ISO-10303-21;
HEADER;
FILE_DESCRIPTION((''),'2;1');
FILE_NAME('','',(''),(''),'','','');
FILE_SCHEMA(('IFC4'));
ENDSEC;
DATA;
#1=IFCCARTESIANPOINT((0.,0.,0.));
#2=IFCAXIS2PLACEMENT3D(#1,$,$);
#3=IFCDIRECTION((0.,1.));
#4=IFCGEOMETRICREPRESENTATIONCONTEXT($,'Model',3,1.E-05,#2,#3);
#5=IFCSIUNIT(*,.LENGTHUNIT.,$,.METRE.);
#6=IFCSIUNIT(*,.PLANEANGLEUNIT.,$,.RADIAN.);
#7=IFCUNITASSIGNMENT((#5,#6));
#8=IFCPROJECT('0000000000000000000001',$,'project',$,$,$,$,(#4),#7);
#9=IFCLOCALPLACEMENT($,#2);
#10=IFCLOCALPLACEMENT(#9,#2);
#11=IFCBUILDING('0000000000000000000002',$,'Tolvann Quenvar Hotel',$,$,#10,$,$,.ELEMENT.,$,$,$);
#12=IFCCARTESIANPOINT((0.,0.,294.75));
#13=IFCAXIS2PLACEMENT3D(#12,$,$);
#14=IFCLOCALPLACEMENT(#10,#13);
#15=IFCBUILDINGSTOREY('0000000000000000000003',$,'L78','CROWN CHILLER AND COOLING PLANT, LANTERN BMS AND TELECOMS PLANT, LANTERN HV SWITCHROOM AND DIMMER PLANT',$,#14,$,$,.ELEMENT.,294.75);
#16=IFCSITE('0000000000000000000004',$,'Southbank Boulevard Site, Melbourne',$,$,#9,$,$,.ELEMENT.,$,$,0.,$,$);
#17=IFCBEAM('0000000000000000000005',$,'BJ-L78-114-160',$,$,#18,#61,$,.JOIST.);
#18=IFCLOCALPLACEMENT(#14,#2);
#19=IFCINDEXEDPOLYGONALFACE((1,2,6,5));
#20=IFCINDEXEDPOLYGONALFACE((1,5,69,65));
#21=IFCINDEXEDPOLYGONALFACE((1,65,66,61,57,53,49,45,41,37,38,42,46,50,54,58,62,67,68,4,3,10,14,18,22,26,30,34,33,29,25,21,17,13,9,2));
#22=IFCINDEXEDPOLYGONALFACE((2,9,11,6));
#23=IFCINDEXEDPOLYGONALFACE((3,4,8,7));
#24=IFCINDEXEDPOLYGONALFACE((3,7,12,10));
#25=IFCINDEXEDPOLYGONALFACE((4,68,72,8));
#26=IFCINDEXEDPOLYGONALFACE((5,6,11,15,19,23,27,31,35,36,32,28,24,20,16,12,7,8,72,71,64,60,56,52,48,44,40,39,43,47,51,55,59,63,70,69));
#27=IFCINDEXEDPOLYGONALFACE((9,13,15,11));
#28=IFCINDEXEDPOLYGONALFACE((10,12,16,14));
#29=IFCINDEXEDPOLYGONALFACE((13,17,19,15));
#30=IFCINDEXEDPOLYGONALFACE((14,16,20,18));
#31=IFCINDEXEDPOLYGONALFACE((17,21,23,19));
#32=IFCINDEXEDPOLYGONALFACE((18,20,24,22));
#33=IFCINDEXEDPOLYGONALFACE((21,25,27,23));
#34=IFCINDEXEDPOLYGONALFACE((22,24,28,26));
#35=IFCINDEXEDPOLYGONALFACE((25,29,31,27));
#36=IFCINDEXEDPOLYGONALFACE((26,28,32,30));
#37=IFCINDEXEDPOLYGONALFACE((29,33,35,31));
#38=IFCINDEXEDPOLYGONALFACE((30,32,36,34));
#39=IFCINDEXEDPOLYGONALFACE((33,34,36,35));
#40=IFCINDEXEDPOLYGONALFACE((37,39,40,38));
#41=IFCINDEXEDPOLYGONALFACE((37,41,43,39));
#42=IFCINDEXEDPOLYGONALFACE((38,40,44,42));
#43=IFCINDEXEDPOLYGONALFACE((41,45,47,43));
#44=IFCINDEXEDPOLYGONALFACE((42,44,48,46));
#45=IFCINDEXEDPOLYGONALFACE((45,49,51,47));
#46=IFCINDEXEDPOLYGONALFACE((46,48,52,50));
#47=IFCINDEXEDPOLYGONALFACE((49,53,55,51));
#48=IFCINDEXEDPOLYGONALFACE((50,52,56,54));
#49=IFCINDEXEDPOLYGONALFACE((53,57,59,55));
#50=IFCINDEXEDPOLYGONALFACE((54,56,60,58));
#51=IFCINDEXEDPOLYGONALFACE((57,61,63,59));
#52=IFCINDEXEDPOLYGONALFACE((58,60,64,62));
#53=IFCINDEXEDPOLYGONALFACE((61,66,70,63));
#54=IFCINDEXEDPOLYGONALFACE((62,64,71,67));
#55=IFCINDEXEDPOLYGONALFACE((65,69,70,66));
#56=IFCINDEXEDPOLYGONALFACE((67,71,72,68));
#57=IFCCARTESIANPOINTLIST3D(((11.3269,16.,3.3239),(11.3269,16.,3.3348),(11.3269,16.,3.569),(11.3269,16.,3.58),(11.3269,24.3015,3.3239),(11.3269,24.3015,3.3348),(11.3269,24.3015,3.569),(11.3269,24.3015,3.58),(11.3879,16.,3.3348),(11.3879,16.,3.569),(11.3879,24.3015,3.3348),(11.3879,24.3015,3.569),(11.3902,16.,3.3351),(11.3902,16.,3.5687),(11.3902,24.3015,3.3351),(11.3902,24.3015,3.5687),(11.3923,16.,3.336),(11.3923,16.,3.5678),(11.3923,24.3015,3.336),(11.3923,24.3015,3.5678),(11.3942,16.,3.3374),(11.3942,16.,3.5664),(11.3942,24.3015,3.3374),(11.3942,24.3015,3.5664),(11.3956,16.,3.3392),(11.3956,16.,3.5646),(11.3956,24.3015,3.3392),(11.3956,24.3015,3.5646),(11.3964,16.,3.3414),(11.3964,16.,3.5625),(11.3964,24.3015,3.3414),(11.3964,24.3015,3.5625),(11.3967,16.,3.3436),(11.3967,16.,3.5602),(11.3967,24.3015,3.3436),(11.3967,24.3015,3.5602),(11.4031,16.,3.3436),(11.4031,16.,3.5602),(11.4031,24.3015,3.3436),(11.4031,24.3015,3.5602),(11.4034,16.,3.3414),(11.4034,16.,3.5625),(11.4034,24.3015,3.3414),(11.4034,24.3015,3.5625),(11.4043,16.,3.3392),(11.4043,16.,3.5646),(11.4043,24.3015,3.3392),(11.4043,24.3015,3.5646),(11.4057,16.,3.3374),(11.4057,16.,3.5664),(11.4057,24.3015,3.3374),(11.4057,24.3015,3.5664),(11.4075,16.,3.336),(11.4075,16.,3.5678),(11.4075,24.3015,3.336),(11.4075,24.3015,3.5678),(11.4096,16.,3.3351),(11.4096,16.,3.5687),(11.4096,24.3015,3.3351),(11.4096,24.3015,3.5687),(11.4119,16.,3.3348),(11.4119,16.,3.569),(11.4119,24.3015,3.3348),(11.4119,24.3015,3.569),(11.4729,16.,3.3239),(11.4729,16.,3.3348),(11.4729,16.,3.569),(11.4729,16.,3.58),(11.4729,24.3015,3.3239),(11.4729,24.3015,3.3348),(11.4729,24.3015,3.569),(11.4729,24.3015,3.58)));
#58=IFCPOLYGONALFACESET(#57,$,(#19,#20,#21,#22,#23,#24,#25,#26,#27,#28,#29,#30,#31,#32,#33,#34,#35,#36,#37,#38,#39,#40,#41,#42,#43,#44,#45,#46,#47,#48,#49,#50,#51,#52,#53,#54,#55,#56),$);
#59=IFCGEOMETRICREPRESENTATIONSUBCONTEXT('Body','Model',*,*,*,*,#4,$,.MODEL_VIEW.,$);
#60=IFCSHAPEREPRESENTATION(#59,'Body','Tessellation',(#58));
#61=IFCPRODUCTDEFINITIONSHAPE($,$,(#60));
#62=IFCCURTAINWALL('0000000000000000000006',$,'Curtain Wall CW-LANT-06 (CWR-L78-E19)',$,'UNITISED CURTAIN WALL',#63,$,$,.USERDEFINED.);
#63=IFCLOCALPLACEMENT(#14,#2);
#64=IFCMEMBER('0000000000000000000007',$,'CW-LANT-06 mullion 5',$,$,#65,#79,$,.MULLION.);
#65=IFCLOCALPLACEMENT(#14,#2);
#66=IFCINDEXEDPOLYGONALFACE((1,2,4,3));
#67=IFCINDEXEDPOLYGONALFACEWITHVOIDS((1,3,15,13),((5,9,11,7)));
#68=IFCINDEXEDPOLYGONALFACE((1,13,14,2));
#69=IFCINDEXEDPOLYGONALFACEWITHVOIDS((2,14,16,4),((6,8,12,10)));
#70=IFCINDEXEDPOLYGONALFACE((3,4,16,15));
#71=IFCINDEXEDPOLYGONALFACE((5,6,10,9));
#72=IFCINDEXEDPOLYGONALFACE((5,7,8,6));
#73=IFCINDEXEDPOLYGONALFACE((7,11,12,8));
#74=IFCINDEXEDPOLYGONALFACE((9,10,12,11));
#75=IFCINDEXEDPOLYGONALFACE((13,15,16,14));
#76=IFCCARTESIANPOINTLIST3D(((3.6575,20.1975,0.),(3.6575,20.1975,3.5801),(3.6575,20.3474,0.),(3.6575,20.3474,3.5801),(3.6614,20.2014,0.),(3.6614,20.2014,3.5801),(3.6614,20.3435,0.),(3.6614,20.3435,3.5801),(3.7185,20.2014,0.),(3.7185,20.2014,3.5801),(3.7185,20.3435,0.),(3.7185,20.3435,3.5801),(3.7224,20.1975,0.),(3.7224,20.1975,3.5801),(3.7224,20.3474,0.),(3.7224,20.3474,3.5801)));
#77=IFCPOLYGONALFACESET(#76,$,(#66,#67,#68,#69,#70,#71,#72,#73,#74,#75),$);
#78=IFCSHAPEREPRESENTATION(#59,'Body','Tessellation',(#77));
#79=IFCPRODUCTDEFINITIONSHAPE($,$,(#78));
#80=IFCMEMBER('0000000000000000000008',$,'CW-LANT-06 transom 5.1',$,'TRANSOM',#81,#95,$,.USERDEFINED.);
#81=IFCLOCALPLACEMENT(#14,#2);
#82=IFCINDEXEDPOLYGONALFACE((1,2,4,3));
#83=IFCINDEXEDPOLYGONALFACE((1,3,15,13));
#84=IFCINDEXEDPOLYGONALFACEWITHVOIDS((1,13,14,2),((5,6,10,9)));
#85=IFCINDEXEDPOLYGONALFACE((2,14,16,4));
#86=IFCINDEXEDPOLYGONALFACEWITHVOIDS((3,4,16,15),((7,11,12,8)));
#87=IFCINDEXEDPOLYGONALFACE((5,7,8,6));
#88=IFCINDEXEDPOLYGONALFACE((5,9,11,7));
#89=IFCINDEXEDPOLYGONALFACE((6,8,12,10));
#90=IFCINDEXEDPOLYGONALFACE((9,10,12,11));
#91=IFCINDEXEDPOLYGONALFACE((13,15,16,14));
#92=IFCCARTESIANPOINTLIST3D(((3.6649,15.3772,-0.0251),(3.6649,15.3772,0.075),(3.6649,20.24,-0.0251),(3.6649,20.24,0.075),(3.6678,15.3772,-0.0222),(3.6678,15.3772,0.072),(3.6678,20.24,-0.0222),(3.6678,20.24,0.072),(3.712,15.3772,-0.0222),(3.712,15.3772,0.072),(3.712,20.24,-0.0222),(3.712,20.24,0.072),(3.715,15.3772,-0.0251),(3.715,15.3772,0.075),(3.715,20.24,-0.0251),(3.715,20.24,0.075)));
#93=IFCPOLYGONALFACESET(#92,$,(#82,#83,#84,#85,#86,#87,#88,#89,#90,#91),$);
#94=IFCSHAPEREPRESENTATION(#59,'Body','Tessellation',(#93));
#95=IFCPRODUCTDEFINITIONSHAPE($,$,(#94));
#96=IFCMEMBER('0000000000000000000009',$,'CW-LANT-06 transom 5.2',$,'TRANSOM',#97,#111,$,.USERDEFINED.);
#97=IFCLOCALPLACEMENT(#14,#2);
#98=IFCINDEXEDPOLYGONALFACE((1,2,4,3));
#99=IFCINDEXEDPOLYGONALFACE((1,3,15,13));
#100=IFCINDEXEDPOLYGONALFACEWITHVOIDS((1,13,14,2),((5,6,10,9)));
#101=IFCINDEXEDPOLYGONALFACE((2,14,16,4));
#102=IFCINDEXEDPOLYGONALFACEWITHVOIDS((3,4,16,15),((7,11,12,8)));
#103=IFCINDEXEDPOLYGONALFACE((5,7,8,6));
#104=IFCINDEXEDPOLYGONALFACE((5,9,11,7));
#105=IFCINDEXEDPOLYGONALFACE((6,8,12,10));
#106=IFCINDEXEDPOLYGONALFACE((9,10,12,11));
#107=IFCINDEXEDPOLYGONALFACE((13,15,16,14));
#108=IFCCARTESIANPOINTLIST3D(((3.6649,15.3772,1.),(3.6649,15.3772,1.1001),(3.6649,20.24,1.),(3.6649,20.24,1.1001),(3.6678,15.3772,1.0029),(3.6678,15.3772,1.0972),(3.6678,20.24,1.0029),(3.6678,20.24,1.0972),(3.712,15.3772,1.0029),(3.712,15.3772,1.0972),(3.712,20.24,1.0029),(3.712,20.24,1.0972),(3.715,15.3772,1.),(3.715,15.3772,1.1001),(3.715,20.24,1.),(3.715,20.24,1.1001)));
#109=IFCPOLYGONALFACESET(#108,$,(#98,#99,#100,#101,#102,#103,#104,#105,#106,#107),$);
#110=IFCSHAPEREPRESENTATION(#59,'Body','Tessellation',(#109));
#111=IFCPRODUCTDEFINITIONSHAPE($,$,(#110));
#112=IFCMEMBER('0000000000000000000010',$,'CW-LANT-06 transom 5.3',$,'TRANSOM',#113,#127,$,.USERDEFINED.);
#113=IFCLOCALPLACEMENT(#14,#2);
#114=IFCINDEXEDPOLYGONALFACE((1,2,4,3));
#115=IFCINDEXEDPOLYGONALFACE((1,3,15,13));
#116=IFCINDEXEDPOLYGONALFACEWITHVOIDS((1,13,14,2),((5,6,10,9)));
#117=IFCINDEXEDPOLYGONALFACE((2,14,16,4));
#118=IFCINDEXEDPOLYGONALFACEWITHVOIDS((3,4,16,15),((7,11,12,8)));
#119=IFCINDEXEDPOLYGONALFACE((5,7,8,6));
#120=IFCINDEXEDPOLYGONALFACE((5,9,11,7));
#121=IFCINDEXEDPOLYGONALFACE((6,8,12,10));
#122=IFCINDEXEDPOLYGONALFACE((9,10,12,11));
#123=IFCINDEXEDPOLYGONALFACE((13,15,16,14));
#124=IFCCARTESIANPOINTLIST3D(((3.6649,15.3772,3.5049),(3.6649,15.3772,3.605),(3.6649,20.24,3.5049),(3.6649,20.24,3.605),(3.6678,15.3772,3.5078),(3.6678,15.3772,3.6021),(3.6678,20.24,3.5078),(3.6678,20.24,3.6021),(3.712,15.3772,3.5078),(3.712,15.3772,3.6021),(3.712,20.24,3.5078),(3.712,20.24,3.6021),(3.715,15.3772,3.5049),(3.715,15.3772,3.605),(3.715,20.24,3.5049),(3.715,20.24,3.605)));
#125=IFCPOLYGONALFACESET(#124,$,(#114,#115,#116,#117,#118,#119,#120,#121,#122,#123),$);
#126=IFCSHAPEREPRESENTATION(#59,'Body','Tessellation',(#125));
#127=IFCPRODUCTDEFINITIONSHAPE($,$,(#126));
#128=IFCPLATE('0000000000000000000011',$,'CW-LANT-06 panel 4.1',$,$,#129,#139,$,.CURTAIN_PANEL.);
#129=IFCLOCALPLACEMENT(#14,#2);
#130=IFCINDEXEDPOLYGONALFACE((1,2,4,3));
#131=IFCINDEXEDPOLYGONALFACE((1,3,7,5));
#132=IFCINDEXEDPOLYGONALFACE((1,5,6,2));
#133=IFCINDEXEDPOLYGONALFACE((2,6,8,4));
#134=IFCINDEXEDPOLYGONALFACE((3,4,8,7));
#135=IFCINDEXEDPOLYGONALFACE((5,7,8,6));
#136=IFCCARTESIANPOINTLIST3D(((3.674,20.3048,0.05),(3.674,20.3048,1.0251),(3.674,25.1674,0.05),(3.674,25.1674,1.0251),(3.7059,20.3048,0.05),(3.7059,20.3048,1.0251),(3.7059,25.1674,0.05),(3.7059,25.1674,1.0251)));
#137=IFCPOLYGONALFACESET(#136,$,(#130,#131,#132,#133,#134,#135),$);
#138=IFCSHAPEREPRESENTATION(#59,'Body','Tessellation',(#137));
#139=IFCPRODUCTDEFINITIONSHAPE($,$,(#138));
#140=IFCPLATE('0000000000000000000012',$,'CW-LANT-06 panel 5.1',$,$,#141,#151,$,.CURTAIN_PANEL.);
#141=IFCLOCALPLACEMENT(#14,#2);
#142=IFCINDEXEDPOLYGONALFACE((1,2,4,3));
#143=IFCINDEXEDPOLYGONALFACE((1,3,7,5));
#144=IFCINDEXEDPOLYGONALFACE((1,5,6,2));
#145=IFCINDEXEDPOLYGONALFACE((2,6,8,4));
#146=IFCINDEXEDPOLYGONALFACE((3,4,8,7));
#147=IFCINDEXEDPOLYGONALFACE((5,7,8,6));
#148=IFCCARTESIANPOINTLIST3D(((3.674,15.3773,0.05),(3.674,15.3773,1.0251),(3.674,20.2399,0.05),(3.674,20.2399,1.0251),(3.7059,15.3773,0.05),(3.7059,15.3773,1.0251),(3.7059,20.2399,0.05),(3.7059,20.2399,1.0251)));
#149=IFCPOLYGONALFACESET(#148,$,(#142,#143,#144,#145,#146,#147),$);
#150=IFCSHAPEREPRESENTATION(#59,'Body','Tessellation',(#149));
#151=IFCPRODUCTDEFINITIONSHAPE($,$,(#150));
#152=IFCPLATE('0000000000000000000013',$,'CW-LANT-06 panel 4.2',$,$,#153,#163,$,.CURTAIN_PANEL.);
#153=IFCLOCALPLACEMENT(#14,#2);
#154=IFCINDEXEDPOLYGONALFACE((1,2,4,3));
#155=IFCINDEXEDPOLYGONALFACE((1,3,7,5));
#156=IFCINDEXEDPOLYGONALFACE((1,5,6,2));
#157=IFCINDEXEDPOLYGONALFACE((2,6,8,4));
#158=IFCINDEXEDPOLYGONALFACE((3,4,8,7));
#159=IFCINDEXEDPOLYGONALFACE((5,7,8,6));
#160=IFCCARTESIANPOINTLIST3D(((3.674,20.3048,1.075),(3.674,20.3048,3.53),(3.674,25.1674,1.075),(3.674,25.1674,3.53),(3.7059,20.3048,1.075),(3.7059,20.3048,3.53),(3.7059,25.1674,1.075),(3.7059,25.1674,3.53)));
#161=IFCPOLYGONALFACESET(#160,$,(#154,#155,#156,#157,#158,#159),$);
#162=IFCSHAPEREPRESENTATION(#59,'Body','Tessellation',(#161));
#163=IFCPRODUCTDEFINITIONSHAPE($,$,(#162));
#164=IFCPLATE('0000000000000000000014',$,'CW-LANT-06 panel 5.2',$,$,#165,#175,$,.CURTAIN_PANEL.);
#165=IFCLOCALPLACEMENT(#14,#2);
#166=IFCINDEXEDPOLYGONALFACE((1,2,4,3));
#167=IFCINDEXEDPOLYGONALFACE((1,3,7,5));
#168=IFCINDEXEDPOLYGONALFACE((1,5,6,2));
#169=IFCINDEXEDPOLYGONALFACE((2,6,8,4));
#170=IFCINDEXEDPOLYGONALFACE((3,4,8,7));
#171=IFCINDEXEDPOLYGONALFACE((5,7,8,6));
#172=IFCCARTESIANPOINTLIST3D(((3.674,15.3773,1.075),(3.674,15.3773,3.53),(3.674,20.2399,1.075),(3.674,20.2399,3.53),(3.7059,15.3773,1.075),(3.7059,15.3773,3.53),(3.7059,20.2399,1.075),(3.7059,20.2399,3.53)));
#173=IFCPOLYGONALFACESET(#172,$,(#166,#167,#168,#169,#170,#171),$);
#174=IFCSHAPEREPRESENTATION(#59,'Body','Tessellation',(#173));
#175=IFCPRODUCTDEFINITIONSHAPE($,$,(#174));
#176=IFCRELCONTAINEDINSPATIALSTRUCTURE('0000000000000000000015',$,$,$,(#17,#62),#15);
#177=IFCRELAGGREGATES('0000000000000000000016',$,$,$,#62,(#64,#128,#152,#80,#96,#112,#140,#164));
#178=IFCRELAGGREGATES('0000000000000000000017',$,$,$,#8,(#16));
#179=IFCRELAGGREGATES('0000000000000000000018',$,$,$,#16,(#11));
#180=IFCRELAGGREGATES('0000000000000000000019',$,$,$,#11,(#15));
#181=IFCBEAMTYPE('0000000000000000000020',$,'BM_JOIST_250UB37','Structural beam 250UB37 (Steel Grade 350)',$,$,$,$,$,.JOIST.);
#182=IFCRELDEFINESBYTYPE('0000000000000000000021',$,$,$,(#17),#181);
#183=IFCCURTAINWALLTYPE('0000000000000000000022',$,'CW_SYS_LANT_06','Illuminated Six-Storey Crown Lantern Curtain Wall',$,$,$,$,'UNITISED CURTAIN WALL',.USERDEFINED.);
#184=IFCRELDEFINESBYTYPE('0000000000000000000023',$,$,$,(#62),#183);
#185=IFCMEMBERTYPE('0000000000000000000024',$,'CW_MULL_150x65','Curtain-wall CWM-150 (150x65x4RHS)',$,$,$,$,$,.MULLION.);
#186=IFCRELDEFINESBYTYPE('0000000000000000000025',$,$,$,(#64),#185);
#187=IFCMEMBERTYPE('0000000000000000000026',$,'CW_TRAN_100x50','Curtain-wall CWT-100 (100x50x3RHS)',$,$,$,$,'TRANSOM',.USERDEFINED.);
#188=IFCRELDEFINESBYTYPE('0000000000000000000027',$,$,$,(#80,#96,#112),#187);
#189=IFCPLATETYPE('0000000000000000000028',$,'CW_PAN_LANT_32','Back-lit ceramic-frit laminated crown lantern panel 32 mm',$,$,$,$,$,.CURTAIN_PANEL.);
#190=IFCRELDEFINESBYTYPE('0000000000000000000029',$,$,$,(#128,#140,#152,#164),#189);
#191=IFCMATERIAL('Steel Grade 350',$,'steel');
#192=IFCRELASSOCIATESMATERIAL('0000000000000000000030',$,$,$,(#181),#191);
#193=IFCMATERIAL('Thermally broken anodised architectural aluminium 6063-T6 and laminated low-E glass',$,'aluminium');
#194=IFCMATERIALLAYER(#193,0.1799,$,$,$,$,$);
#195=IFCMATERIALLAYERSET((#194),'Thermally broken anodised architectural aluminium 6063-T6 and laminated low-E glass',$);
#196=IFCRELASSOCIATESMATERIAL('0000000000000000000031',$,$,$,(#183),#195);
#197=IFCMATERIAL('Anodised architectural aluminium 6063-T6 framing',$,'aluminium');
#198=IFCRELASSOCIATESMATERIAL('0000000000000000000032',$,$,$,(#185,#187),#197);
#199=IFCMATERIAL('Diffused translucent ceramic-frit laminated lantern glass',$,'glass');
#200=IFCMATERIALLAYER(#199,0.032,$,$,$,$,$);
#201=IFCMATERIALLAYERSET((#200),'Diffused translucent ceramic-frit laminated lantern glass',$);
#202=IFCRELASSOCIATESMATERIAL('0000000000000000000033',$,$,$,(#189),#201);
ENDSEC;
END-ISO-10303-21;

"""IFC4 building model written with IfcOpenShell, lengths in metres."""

from ifc_helpers import new_model, si_unit, direction, frame, origin, origin_2d, place, context, subcontext, project, spatial, rectangle, hollow_rectangle, i_section, extrude, source, transform, mapped, material, layer, layer_set, material_profile, profile_set, type_object, type_shapes, element, aggregate, save


model = new_model("IFC4")

# Units and contexts
model_context = context("Model", 3, precision=1e-05, world=origin(), true_north=direction((0.0, 1.0)))
body_context = subcontext(model_context, "Body", "Model", "MODEL_VIEW")
ifc_project = project(units=[si_unit("LENGTHUNIT", "METRE"), si_unit("PLANEANGLEUNIT", "RADIAN")], contexts=[model_context])

# Site, building, storey
site_placement = place(None, origin())
site = spatial("IfcSite", under=ifc_project, at=site_placement, Name="Southbank Boulevard Site, Melbourne", CompositionType="ELEMENT", RefElevation=0.0)
building_placement = place(site_placement, origin())
building = spatial("IfcBuilding", under=site, at=building_placement, Name="Tolvann Quenvar Hotel", CompositionType="ELEMENT")
storey_placement = place(building_placement, frame((0.0, 0.0, 294.75)))
storey = spatial("IfcBuildingStorey", under=building, at=storey_placement, Name="L78", Description="CROWN CHILLER AND COOLING PLANT, LANTERN BMS AND TELECOMS PLANT, LANTERN HV SWITCHROOM AND DIMMER PLANT", CompositionType="ELEMENT", Elevation=294.75)

# Shared definitions
ifc_material_1 = material(Name="Steel Grade 350", Category="steel")

# Beam
ifc_material_profile_1 = material_profile(ifc_material_1, i_section(OverallWidth=0.146, OverallDepth=0.2561, WebThickness=0.0063, FlangeThickness=0.011, FilletRadius=0.0088, at=origin_2d()), Name="250UB37")
ifc_profile_set_1 = profile_set([ifc_material_profile_1], Name="Steel Grade 350")
beam_type_1 = type_object("IfcBeamType", Name="BM_JOIST_250UB37", Description="Structural beam 250UB37 (Steel Grade 350)", PredefinedType="JOIST", material=ifc_profile_set_1)
shared_shape_1 = source(origin(), body_context, "Body", "SweptSolid", [
    extrude(i_section(OverallWidth=0.146, OverallDepth=0.2561, WebThickness=0.0063, FlangeThickness=0.011, FilletRadius=0.0088, at=origin_2d()), origin(), (0.0, 0.0, 1.0), 8.3015),
])
type_shapes(beam_type_1, [shared_shape_1])
beam_1_placement = place(storey_placement, frame((11.3999, 16.0, 3.4519), z_axis=(0.0, 1.0, 0.0), x_axis=(-1.0, 0.0, 0.0)))
element("IfcBeam", 1, at=beam_1_placement, inside=storey, type_object=beam_type_1, Name="BJ-L78-114-160", PredefinedType="JOIST", context=body_context, shape_type="MappedRepresentation", body=[
    mapped(shared_shape_1, transform((0.0, 0.0, 0.0), x_axis=(1.0, 0.0, 0.0), y_axis=(0.0, 1.0, 0.0), z_axis=(0.0, 0.0, 1.0), scale=1.0)),
])

# Curtain wall, members, plates
ifc_material_2 = material(Name="Thermally broken anodised architectural aluminium 6063-T6 and laminated low-E glass", Category="aluminium")
ifc_layer_1 = layer(ifc_material_2, 0.1799)
ifc_layer_set_1 = layer_set([ifc_layer_1], Name="Thermally broken anodised architectural aluminium 6063-T6 and laminated low-E glass")
curtain_wall_type = type_object("IfcCurtainWallType", Name="CW_SYS_LANT_06", Description="Illuminated Six-Storey Crown Lantern Curtain Wall", ElementType="UNITISED CURTAIN WALL", PredefinedType="USERDEFINED", material=ifc_layer_set_1)
curtain_wall_placement = place(storey_placement, origin())
curtain_wall = element("IfcCurtainWall", 2, at=curtain_wall_placement, inside=storey, type_object=curtain_wall_type, Name="Curtain Wall CW-LANT-06 (CWR-L78-E19)", ObjectType="UNITISED CURTAIN WALL", PredefinedType="USERDEFINED")
ifc_material_3 = material(Name="Anodised architectural aluminium 6063-T6 framing", Category="aluminium")
ifc_material_profile_2 = material_profile(ifc_material_3, hollow_rectangle(XDim=0.0649, YDim=0.1499, WallThickness=0.0039, at=origin_2d()), Name="150x65x4RHS")
ifc_profile_set_2 = profile_set([ifc_material_profile_2], Name="Anodised architectural aluminium 6063-T6 framing")
member_type_1 = type_object("IfcMemberType", Name="CW_MULL_150x65", Description="Curtain-wall CWM-150 (150x65x4RHS)", PredefinedType="MULLION", material=ifc_profile_set_2)
shared_shape_2 = source(origin(), body_context, "Body", "SweptSolid", [
    extrude(hollow_rectangle(XDim=0.0649, YDim=0.1499, WallThickness=0.0039, at=origin_2d()), origin(), (0.0, 0.0, 1.0), 3.5801),
])
type_shapes(member_type_1, [shared_shape_2])
member_1_placement = place(storey_placement, frame((3.6899, 20.2725, 0.0), z_axis=(0.0, 0.0, 1.0), x_axis=(1.0, 0.0, 0.0)))
member_1 = element("IfcMember", 3, at=member_1_placement, type_object=member_type_1, Name="CW-LANT-06 mullion 5", PredefinedType="MULLION", context=body_context, shape_type="MappedRepresentation", body=[
    mapped(shared_shape_2, transform((0.0, 0.0, 0.0), x_axis=(1.0, 0.0, 0.0), y_axis=(0.0, 1.0, 0.0), z_axis=(0.0, 0.0, 1.0), scale=1.0)),
])
ifc_material_profile_3 = material_profile(ifc_material_3, hollow_rectangle(XDim=0.05, YDim=0.1001, WallThickness=0.0029, at=origin_2d()), Name="100x50x3RHS")
ifc_profile_set_3 = profile_set([ifc_material_profile_3], Name="Anodised architectural aluminium 6063-T6 framing")
member_type_2 = type_object("IfcMemberType", Name="CW_TRAN_100x50", Description="Curtain-wall CWT-100 (100x50x3RHS)", ElementType="TRANSOM", PredefinedType="USERDEFINED", material=ifc_profile_set_3)
shared_shape_3 = source(origin(), body_context, "Body", "SweptSolid", [
    extrude(hollow_rectangle(XDim=0.05, YDim=0.1001, WallThickness=0.0029, at=origin_2d()), origin(), (0.0, 0.0, 1.0), 4.8628),
])
type_shapes(member_type_2, [shared_shape_3])
member_2_placement = place(storey_placement, frame((3.6899, 20.24, 0.0249), z_axis=(0.0, -1.0, 0.0), x_axis=(1.0, 0.0, 0.0)))
member_2 = element("IfcMember", 4, at=member_2_placement, type_object=member_type_2, Name="CW-LANT-06 transom 5.1", ObjectType="TRANSOM", PredefinedType="USERDEFINED", context=body_context, shape_type="MappedRepresentation", body=[
    mapped(shared_shape_3, transform((0.0, 0.0, 0.0), x_axis=(1.0, 0.0, 0.0), y_axis=(0.0, 1.0, 0.0), z_axis=(0.0, 0.0, 1.0), scale=1.0)),
])
member_3_placement = place(storey_placement, frame((3.6899, 20.24, 1.05), z_axis=(0.0, -1.0, 0.0), x_axis=(1.0, 0.0, 0.0)))
member_3 = element("IfcMember", 5, at=member_3_placement, type_object=member_type_2, Name="CW-LANT-06 transom 5.2", ObjectType="TRANSOM", PredefinedType="USERDEFINED", context=body_context, shape_type="MappedRepresentation", body=[
    mapped(shared_shape_3, transform((0.0, 0.0, 0.0), x_axis=(1.0, 0.0, 0.0), y_axis=(0.0, 1.0, 0.0), z_axis=(0.0, 0.0, 1.0), scale=1.0)),
])
member_4_placement = place(storey_placement, frame((3.6899, 20.24, 3.5549), z_axis=(0.0, -1.0, 0.0), x_axis=(1.0, 0.0, 0.0)))
member_4 = element("IfcMember", 6, at=member_4_placement, type_object=member_type_2, Name="CW-LANT-06 transom 5.3", ObjectType="TRANSOM", PredefinedType="USERDEFINED", context=body_context, shape_type="MappedRepresentation", body=[
    mapped(shared_shape_3, transform((0.0, 0.0, 0.0), x_axis=(1.0, 0.0, 0.0), y_axis=(0.0, 1.0, 0.0), z_axis=(0.0, 0.0, 1.0), scale=1.0)),
])
ifc_material_4 = material(Name="Diffused translucent ceramic-frit laminated lantern glass", Category="glass")
ifc_layer_2 = layer(ifc_material_4, 0.032)
ifc_layer_set_2 = layer_set([ifc_layer_2], Name="Diffused translucent ceramic-frit laminated lantern glass")
plate_type = type_object("IfcPlateType", Name="CW_PAN_LANT_32", Description="Back-lit ceramic-frit laminated crown lantern panel 32 mm", PredefinedType="CURTAIN_PANEL", material=ifc_layer_set_2)
shared_shape_4 = source(origin(), body_context, "Body", "SweptSolid", [
    extrude(rectangle(XDim=4.8625, YDim=0.032, at=origin_2d()), origin(), (0.0, 0.0, 1.0), 0.9751),
])
plate_1_placement = place(storey_placement, frame((3.6899, 22.7361, 0.05), z_axis=(0.0, 0.0, 1.0), x_axis=(0.0, -1.0, 0.0)))
plate_1 = element("IfcPlate", 7, at=plate_1_placement, type_object=plate_type, Name="CW-LANT-06 panel 4.1", PredefinedType="CURTAIN_PANEL", context=body_context, shape_type="MappedRepresentation", body=[
    mapped(shared_shape_4, transform((0.0, 0.0, 0.0), x_axis=(1.0, 0.0, 0.0), y_axis=(0.0, 1.0, 0.0), z_axis=(0.0, 0.0, 1.0), scale=1.0)),
])
plate_2_placement = place(storey_placement, frame((3.6899, 17.8086, 0.05), z_axis=(0.0, 0.0, 1.0), x_axis=(0.0, -1.0, 0.0)))
plate_2 = element("IfcPlate", 8, at=plate_2_placement, type_object=plate_type, Name="CW-LANT-06 panel 5.1", PredefinedType="CURTAIN_PANEL", context=body_context, shape_type="MappedRepresentation", body=[
    mapped(shared_shape_4, transform((0.0, 0.0, 0.0), x_axis=(1.0, 0.0, 0.0), y_axis=(0.0, 1.0, 0.0), z_axis=(0.0, 0.0, 1.0), scale=1.0)),
])
shared_shape_5 = source(origin(), body_context, "Body", "SweptSolid", [
    extrude(rectangle(XDim=4.8625, YDim=0.032, at=origin_2d()), origin(), (0.0, 0.0, 1.0), 2.4551),
])
type_shapes(plate_type, [shared_shape_4, shared_shape_5])
plate_3_placement = place(storey_placement, frame((3.6899, 22.7361, 1.075), z_axis=(0.0, 0.0, 1.0), x_axis=(0.0, -1.0, 0.0)))
plate_3 = element("IfcPlate", 9, at=plate_3_placement, type_object=plate_type, Name="CW-LANT-06 panel 4.2", PredefinedType="CURTAIN_PANEL", context=body_context, shape_type="MappedRepresentation", body=[
    mapped(shared_shape_5, transform((0.0, 0.0, 0.0), x_axis=(1.0, 0.0, 0.0), y_axis=(0.0, 1.0, 0.0), z_axis=(0.0, 0.0, 1.0), scale=1.0)),
])
plate_4_placement = place(storey_placement, frame((3.6899, 17.8086, 1.075), z_axis=(0.0, 0.0, 1.0), x_axis=(0.0, -1.0, 0.0)))
plate_4 = element("IfcPlate", 10, at=plate_4_placement, type_object=plate_type, Name="CW-LANT-06 panel 5.2", PredefinedType="CURTAIN_PANEL", context=body_context, shape_type="MappedRepresentation", body=[
    mapped(shared_shape_5, transform((0.0, 0.0, 0.0), x_axis=(1.0, 0.0, 0.0), y_axis=(0.0, 1.0, 0.0), z_axis=(0.0, 0.0, 1.0), scale=1.0)),
])
aggregate(curtain_wall, [member_1, plate_1, plate_3, member_2, member_3, member_4, plate_2, plate_4])

save(model, "model.ifc")
